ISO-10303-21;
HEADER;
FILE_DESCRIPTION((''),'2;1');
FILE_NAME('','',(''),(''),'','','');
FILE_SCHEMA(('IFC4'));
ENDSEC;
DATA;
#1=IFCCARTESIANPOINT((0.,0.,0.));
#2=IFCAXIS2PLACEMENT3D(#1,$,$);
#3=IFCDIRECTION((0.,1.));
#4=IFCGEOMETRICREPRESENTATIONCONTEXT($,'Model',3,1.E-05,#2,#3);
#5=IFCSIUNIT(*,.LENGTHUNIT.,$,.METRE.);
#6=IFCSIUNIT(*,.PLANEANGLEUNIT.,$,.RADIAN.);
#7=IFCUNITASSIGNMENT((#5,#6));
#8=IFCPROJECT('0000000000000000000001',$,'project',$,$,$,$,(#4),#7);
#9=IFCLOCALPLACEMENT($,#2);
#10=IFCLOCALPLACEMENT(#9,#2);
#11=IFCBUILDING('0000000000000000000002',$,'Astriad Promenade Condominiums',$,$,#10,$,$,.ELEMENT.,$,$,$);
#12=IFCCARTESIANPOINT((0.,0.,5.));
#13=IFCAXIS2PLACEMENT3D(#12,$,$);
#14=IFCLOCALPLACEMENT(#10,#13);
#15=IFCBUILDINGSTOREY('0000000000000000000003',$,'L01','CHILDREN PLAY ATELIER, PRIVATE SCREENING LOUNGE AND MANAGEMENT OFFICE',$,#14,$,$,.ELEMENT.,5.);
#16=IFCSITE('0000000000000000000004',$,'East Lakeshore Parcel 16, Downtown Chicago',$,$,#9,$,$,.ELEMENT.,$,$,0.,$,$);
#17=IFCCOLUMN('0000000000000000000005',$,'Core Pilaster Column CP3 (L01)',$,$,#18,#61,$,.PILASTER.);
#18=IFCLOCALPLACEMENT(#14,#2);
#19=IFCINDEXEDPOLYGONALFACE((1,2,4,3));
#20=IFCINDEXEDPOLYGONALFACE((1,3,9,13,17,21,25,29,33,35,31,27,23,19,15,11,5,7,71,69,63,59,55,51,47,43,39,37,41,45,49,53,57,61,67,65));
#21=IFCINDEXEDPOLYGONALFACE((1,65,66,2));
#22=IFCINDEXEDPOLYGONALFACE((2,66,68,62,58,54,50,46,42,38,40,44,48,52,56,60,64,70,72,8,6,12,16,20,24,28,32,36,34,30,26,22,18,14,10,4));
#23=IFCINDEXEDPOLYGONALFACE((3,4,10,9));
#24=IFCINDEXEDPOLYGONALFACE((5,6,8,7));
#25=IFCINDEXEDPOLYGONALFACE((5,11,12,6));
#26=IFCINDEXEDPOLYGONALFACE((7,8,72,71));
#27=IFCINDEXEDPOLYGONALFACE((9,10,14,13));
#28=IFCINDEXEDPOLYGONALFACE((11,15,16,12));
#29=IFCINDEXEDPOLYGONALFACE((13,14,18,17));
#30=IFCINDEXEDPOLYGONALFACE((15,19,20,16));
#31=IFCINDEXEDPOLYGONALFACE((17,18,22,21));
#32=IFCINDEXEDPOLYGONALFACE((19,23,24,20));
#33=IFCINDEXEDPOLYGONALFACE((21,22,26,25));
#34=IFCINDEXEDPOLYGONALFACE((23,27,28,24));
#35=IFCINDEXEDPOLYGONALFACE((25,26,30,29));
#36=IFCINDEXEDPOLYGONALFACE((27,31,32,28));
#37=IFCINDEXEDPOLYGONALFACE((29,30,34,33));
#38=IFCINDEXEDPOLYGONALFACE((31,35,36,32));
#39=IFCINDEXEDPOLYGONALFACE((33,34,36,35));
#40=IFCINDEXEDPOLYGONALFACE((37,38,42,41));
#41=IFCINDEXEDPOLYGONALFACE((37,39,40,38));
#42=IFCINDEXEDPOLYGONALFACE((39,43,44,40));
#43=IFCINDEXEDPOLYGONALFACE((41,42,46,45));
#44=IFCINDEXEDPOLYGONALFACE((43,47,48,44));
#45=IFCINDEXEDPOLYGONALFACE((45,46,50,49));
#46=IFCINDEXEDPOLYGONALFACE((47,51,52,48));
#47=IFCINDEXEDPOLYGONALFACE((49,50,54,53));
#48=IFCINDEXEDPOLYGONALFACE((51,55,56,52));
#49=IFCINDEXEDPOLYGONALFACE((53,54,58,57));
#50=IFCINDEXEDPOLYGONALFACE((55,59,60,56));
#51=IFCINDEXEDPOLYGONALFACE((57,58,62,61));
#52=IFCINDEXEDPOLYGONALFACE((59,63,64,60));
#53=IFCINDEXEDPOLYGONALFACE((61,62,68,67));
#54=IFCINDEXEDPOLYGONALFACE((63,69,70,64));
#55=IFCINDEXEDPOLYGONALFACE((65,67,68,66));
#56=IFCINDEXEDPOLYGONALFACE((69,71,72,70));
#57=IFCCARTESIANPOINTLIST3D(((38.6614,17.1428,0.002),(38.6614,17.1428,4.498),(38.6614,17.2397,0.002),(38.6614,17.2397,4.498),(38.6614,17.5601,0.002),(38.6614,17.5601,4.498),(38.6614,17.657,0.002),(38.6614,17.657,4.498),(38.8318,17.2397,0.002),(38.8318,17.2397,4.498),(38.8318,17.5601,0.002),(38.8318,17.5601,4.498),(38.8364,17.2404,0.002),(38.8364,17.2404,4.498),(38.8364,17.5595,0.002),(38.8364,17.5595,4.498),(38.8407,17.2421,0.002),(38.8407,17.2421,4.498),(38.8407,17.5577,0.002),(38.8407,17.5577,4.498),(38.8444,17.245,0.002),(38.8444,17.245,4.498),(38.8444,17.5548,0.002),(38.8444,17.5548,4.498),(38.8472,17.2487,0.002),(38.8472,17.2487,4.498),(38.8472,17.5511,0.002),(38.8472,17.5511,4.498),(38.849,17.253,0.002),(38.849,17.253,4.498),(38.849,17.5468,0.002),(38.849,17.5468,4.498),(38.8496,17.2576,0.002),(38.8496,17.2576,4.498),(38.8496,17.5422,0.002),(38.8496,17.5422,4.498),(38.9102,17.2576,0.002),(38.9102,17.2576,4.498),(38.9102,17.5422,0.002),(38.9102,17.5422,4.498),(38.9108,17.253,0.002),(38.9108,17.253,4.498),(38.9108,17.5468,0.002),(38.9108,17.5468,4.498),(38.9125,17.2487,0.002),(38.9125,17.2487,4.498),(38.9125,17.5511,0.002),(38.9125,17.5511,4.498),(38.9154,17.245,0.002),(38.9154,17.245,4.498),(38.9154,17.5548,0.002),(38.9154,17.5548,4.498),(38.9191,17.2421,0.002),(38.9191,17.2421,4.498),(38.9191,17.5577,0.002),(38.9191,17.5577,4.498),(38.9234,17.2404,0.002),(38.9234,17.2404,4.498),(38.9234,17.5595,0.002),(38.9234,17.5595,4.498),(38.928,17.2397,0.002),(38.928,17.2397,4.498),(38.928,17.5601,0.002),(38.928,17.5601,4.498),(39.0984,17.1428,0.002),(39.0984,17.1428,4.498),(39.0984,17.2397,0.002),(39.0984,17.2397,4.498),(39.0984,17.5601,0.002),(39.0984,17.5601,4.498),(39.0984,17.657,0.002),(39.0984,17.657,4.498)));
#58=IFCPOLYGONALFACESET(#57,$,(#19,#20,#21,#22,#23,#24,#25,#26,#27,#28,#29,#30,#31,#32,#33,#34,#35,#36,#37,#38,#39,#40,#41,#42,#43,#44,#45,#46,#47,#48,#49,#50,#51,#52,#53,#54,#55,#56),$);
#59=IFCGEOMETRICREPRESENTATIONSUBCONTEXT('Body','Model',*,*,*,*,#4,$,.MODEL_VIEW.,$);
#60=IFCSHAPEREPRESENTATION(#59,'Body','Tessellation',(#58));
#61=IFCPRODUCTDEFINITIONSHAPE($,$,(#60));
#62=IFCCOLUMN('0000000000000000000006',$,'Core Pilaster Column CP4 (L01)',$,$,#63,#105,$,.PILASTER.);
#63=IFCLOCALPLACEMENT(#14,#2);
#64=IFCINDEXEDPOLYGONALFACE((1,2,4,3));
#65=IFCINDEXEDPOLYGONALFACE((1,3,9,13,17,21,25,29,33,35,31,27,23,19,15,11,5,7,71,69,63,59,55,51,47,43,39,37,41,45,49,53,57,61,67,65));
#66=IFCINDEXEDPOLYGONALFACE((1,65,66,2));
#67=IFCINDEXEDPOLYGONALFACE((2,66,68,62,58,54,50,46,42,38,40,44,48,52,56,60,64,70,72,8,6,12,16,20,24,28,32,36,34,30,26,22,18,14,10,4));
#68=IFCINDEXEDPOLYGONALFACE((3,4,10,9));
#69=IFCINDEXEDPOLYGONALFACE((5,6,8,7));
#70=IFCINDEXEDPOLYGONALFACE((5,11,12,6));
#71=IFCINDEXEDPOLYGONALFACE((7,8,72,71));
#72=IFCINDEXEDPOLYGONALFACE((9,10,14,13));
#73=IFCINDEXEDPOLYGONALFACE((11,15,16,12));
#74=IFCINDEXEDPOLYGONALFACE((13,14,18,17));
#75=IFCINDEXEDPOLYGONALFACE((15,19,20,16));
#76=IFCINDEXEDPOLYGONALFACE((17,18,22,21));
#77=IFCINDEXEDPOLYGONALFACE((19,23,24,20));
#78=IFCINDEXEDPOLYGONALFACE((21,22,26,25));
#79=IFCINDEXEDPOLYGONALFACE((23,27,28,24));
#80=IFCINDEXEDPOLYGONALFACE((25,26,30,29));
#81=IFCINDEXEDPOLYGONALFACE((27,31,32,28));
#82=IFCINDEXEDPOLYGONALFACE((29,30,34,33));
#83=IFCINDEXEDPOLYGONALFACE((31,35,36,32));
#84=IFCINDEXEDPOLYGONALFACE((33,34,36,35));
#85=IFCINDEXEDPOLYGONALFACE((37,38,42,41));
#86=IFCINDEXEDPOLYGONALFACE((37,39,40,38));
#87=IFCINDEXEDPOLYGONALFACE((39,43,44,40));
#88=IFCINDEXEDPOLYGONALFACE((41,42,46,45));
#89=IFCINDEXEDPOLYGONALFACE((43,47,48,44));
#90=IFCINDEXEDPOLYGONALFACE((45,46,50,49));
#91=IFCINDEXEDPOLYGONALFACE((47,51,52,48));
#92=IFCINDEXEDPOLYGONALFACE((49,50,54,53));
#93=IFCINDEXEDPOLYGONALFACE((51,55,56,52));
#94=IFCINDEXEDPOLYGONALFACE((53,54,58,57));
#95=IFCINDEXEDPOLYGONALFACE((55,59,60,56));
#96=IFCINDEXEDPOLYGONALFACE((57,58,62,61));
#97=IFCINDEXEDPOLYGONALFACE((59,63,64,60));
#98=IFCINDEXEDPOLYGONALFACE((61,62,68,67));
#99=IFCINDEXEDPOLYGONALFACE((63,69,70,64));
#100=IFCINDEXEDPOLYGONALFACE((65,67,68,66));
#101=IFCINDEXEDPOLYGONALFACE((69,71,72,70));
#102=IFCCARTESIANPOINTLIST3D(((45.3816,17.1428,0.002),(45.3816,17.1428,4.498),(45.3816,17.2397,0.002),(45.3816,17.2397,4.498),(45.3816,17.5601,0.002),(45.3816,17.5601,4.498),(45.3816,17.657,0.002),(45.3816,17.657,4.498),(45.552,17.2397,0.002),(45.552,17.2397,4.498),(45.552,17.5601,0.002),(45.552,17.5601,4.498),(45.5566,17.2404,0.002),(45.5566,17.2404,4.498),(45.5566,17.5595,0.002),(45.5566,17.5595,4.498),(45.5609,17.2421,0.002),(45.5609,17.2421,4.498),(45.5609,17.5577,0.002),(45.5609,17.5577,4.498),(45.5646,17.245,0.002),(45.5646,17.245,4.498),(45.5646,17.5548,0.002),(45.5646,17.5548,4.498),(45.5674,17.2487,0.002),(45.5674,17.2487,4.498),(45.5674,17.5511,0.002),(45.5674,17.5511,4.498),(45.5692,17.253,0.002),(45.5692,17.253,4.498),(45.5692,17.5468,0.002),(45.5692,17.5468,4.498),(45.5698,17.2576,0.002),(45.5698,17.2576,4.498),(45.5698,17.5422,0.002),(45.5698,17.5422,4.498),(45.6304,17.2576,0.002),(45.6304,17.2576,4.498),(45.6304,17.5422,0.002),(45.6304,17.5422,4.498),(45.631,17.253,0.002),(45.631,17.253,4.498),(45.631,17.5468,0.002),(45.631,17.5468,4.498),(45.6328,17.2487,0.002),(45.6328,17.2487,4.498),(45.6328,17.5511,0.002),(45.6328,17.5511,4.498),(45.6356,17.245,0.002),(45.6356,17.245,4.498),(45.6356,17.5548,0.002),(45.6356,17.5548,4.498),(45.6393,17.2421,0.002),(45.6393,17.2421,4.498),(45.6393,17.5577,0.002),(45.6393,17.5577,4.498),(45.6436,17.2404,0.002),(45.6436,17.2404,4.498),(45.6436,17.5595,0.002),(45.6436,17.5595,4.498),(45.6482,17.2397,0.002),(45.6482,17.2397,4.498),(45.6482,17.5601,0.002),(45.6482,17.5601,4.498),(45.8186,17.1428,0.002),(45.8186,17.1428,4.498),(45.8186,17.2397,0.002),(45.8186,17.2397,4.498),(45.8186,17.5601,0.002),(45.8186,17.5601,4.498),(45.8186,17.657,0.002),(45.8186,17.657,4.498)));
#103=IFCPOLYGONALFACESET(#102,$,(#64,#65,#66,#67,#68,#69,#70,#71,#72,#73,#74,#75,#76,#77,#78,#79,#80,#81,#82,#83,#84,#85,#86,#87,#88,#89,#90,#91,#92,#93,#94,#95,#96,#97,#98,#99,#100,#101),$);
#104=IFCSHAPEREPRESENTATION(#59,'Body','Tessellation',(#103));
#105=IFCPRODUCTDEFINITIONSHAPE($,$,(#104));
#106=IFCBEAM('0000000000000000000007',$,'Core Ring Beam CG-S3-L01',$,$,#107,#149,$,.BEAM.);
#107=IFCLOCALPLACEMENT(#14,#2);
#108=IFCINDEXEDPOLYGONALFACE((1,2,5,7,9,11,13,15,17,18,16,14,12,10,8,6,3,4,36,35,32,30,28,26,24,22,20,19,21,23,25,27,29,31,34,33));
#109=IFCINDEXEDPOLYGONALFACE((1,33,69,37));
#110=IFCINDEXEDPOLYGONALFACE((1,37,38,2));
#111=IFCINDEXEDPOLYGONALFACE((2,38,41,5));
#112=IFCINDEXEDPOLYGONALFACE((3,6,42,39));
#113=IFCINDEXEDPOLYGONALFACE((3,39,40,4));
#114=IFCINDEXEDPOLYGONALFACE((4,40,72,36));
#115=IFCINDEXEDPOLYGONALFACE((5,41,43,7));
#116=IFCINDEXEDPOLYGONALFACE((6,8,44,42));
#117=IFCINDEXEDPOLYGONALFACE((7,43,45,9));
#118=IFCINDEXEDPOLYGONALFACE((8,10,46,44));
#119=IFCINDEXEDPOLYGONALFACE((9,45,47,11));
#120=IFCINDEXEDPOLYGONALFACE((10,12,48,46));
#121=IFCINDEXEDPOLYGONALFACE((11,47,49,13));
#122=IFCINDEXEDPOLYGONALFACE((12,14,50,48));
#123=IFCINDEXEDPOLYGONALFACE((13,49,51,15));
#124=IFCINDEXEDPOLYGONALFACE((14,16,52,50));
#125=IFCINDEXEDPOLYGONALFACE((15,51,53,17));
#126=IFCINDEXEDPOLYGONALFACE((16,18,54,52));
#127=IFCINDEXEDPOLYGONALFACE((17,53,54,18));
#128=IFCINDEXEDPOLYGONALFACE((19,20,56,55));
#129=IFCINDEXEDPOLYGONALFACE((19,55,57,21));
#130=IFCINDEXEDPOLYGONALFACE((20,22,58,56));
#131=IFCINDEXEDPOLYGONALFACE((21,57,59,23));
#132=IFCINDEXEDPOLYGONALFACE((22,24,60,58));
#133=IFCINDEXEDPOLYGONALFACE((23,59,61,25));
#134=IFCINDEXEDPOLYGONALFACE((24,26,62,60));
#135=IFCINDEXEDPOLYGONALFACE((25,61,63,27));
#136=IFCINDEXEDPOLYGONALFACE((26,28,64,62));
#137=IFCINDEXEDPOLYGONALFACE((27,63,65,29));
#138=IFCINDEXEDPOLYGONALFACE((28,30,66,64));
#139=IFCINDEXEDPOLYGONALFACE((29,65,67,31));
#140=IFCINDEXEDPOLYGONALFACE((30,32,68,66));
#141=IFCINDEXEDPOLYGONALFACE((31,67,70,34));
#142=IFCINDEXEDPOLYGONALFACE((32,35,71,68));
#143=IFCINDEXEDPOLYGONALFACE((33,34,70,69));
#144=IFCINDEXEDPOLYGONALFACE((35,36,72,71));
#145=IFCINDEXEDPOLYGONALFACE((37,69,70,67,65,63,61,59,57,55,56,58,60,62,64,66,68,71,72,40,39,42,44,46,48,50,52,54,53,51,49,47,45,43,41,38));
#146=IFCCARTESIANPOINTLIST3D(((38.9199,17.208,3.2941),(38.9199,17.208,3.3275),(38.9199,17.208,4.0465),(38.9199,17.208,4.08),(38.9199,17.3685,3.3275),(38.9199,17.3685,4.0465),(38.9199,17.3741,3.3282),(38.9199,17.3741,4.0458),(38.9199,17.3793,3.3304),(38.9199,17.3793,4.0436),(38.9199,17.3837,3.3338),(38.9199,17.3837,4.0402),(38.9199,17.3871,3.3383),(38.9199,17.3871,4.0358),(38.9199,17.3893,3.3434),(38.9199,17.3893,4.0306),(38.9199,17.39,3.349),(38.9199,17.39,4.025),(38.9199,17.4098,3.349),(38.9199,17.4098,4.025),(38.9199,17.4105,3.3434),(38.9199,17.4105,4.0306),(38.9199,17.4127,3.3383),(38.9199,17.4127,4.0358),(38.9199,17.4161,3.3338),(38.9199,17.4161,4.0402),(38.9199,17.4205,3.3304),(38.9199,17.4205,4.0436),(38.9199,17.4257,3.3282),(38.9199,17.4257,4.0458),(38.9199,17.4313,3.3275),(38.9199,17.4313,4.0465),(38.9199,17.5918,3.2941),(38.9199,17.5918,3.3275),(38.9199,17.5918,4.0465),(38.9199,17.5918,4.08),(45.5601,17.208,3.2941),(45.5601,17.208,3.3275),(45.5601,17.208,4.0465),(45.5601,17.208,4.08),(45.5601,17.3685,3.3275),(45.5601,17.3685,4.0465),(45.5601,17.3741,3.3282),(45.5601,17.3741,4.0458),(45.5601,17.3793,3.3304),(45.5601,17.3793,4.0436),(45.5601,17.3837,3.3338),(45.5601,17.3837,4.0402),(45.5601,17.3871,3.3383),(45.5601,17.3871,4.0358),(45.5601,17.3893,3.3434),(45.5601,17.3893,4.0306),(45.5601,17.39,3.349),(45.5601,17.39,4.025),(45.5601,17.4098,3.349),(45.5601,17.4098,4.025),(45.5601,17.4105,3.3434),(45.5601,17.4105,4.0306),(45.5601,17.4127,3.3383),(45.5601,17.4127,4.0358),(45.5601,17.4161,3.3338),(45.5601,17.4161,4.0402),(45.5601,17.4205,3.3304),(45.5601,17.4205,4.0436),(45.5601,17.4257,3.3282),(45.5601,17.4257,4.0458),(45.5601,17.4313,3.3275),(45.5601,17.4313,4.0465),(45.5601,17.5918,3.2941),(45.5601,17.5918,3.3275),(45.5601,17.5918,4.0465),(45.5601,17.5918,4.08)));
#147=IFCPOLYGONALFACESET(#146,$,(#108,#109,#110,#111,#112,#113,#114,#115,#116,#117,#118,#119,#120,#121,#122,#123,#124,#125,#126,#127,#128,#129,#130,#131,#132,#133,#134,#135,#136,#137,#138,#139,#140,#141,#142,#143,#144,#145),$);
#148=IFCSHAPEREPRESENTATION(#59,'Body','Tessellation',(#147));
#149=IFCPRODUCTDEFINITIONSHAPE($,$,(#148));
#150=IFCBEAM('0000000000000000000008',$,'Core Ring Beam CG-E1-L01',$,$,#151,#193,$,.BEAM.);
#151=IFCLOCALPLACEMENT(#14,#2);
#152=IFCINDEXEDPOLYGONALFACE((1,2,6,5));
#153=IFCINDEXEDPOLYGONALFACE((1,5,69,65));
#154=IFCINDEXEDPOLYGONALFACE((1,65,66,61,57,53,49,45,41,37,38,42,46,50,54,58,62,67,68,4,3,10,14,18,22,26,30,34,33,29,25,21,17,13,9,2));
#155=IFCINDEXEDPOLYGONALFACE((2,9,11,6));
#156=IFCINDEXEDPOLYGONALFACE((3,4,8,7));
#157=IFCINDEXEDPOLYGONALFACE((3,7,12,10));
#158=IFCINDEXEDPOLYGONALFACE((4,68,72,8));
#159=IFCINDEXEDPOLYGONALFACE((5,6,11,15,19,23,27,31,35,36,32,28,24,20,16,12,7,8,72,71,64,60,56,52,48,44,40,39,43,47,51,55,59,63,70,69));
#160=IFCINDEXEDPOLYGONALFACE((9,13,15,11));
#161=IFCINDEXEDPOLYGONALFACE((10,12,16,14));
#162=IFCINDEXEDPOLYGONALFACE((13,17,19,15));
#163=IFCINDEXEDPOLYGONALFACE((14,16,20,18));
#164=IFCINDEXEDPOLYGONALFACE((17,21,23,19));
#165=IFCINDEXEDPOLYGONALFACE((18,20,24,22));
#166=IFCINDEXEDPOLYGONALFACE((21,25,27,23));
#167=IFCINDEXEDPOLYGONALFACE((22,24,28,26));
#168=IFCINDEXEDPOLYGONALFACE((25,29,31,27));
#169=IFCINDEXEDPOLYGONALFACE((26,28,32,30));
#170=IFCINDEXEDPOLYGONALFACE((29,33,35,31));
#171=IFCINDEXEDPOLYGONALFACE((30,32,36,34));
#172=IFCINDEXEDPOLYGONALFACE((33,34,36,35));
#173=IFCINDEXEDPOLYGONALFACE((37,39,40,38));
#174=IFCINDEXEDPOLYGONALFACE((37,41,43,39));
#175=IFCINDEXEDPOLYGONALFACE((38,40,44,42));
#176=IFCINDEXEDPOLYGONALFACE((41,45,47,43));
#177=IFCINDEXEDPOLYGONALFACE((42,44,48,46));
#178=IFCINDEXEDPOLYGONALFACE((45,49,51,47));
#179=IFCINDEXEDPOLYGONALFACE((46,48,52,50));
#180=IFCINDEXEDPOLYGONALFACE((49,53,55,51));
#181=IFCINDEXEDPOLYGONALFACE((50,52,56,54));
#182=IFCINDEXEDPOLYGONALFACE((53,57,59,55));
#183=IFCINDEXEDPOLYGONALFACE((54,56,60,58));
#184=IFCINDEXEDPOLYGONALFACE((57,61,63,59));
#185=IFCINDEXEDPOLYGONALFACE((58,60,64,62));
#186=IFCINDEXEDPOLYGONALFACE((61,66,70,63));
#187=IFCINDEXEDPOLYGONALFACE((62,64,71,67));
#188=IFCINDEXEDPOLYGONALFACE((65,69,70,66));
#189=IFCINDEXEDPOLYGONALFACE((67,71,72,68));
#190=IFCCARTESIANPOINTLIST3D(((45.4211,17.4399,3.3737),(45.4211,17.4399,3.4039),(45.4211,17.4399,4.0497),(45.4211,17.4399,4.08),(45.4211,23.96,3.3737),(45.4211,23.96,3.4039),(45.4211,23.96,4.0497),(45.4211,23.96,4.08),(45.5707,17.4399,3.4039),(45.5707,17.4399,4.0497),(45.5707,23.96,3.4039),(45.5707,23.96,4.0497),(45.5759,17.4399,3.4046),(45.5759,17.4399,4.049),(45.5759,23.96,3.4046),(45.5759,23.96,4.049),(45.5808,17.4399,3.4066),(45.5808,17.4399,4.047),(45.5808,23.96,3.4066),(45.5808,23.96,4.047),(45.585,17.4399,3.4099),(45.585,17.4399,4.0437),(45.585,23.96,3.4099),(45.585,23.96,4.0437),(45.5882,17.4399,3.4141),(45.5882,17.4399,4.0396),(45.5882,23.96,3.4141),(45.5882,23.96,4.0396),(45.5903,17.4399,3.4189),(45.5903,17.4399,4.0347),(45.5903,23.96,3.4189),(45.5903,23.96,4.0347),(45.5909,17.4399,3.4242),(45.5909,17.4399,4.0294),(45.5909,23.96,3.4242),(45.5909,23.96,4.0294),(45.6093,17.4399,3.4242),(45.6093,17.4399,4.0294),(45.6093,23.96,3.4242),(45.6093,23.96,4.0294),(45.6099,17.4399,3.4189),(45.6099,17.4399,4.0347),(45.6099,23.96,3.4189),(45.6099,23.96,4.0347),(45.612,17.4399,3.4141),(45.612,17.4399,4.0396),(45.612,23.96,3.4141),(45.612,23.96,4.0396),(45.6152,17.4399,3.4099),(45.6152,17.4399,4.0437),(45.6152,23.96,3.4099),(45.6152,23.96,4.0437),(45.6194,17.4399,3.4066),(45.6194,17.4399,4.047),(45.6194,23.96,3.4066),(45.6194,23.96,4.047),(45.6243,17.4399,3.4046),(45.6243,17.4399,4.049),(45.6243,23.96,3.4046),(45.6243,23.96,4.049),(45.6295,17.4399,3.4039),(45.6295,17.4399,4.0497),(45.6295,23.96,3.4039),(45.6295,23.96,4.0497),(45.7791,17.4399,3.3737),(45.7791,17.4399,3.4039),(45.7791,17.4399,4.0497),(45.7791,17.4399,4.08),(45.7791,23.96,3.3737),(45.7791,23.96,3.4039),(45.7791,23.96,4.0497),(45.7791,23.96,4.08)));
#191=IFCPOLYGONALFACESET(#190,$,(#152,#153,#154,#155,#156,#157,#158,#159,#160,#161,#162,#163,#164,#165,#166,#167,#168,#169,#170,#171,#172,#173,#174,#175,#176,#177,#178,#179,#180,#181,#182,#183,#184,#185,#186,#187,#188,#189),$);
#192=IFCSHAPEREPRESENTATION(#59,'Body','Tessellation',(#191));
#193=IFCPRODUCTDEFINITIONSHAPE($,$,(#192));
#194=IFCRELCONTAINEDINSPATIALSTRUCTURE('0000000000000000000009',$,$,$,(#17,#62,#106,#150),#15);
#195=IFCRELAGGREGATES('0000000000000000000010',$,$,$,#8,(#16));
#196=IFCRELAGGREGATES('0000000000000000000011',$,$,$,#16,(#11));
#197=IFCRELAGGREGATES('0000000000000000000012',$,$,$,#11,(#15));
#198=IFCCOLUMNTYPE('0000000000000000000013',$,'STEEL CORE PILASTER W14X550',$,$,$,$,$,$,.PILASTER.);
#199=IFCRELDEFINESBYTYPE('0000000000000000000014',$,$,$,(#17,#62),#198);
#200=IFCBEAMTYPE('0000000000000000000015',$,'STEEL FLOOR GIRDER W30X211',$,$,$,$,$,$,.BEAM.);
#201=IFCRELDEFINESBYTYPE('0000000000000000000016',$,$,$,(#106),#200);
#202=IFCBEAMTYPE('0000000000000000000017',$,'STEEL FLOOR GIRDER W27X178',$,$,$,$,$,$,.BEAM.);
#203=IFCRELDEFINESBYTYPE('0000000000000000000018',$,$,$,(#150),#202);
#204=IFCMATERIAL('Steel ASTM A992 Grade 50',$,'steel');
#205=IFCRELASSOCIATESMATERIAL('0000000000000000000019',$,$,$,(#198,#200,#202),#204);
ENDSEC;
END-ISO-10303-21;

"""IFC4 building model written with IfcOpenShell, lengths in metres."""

from ifc_helpers import new_model, si_unit, direction, frame, origin, origin_2d, place, context, subcontext, project, spatial, i_section, extrude, source, transform, mapped, material, material_profile, profile_set, type_object, type_shapes, element, save


model = new_model("IFC4")

# Units and contexts
model_context = context("Model", 3, precision=1e-05, world=origin(), true_north=direction((0.0, 1.0)))
body_context = subcontext(model_context, "Body", "Model", "MODEL_VIEW")
ifc_project = project(units=[si_unit("LENGTHUNIT", "METRE"), si_unit("PLANEANGLEUNIT", "RADIAN")], contexts=[model_context])

# Site, building, storey
site_placement = place(None, origin())
site = spatial("IfcSite", under=ifc_project, at=site_placement, Name="East Lakeshore Parcel 16, Downtown Chicago", CompositionType="ELEMENT", RefElevation=0.0)
building_placement = place(site_placement, origin())
building = spatial("IfcBuilding", under=site, at=building_placement, Name="Astriad Promenade Condominiums", CompositionType="ELEMENT")
storey_placement = place(building_placement, frame((0.0, 0.0, 5.0)))
storey = spatial("IfcBuildingStorey", under=building, at=storey_placement, Name="L01", Description="CHILDREN PLAY ATELIER, PRIVATE SCREENING LOUNGE AND MANAGEMENT OFFICE", CompositionType="ELEMENT", Elevation=5.0)

# Columns
ifc_material_1 = material(Name="Steel ASTM A992 Grade 50", Category="steel")
ifc_material_profile_1 = material_profile(ifc_material_1, i_section(OverallWidth=0.437, OverallDepth=0.5142, WebThickness=0.0605, FlangeThickness=0.0969, FilletRadius=0.0178, at=origin_2d()), Name="W14X550")
ifc_profile_set_1 = profile_set([ifc_material_profile_1], Name="Steel ASTM A992 Grade 50")
column_type = type_object("IfcColumnType", Name="STEEL CORE PILASTER W14X550", PredefinedType="PILASTER", material=ifc_profile_set_1)
shared_shape_1 = source(origin(), body_context, "Body", "SweptSolid", [
    extrude(i_section(OverallWidth=0.437, OverallDepth=0.5142, WebThickness=0.0605, FlangeThickness=0.0969, FilletRadius=0.0178, at=origin_2d()), origin(), (0.0, 0.0, 1.0), 4.4961),
])
type_shapes(column_type, [shared_shape_1])
for number, where, z_axis, x_axis, name in (
    (1, (38.8799, 17.3999, 0.002), (0.0, 0.0, 1.0), (1.0, 0.0, 0.0), "Core Pilaster Column CP3 (L01)"),
    (2, (45.6001, 17.3999, 0.002), (0.0, 0.0, 1.0), (1.0, 0.0, 0.0), "Core Pilaster Column CP4 (L01)"),
):
    element("IfcColumn", number, at=place(storey_placement, frame(where, z_axis=z_axis, x_axis=x_axis)), inside=storey, type_object=column_type, Name=name, PredefinedType="PILASTER", context=body_context, shape_type="MappedRepresentation", body=[
        mapped(shared_shape_1, transform((0.0, 0.0, 0.0), scale=1.0)),
    ])

# Beams
ifc_material_profile_2 = material_profile(ifc_material_1, i_section(OverallWidth=0.3838, OverallDepth=0.7859, WebThickness=0.0198, FlangeThickness=0.0334, FilletRadius=0.0215, at=origin_2d()), Name="W30X211")
ifc_profile_set_2 = profile_set([ifc_material_profile_2], Name="Steel ASTM A992 Grade 50")
beam_type_1 = type_object("IfcBeamType", Name="STEEL FLOOR GIRDER W30X211", PredefinedType="BEAM", material=ifc_profile_set_2)
shared_shape_2 = source(origin(), body_context, "Body", "SweptSolid", [
    extrude(i_section(OverallWidth=0.3838, OverallDepth=0.7859, WebThickness=0.0198, FlangeThickness=0.0334, FilletRadius=0.0215, at=origin_2d()), origin(), (0.0, 0.0, 1.0), 6.6401),
])
type_shapes(beam_type_1, [shared_shape_2])
beam_1_placement = place(storey_placement, frame((38.9199, 17.3999, 3.687), z_axis=(1.0, 0.0, 0.0), x_axis=(0.0, 1.0, 0.0)))
element("IfcBeam", 3, at=beam_1_placement, inside=storey, type_object=beam_type_1, Name="Core Ring Beam CG-S3-L01", PredefinedType="BEAM", context=body_context, shape_type="MappedRepresentation", body=[
    mapped(shared_shape_2, transform((0.0, 0.0, 0.0), scale=1.0)),
])
ifc_material_profile_3 = material_profile(ifc_material_1, i_section(OverallWidth=0.3579, OverallDepth=0.7063, WebThickness=0.0183, FlangeThickness=0.0303, FilletRadius=0.0203, at=origin_2d()), Name="W27X178")
ifc_profile_set_3 = profile_set([ifc_material_profile_3], Name="Steel ASTM A992 Grade 50")
beam_type_2 = type_object("IfcBeamType", Name="STEEL FLOOR GIRDER W27X178", PredefinedType="BEAM", material=ifc_profile_set_3)
shared_shape_3 = source(origin(), body_context, "Body", "SweptSolid", [
    extrude(i_section(OverallWidth=0.3579, OverallDepth=0.7063, WebThickness=0.0183, FlangeThickness=0.0303, FilletRadius=0.0203, at=origin_2d()), origin(), (0.0, 0.0, 1.0), 6.52),
])
type_shapes(beam_type_2, [shared_shape_3])
beam_2_placement = place(storey_placement, frame((45.6001, 17.4399, 3.7268), z_axis=(0.0, 1.0, 0.0), x_axis=(-1.0, 0.0, 0.0)))
element("IfcBeam", 4, at=beam_2_placement, inside=storey, type_object=beam_type_2, Name="Core Ring Beam CG-E1-L01", PredefinedType="BEAM", context=body_context, shape_type="MappedRepresentation", body=[
    mapped(shared_shape_3, transform((0.0, 0.0, 0.0), scale=1.0)),
])

save(model, "model.ifc")
